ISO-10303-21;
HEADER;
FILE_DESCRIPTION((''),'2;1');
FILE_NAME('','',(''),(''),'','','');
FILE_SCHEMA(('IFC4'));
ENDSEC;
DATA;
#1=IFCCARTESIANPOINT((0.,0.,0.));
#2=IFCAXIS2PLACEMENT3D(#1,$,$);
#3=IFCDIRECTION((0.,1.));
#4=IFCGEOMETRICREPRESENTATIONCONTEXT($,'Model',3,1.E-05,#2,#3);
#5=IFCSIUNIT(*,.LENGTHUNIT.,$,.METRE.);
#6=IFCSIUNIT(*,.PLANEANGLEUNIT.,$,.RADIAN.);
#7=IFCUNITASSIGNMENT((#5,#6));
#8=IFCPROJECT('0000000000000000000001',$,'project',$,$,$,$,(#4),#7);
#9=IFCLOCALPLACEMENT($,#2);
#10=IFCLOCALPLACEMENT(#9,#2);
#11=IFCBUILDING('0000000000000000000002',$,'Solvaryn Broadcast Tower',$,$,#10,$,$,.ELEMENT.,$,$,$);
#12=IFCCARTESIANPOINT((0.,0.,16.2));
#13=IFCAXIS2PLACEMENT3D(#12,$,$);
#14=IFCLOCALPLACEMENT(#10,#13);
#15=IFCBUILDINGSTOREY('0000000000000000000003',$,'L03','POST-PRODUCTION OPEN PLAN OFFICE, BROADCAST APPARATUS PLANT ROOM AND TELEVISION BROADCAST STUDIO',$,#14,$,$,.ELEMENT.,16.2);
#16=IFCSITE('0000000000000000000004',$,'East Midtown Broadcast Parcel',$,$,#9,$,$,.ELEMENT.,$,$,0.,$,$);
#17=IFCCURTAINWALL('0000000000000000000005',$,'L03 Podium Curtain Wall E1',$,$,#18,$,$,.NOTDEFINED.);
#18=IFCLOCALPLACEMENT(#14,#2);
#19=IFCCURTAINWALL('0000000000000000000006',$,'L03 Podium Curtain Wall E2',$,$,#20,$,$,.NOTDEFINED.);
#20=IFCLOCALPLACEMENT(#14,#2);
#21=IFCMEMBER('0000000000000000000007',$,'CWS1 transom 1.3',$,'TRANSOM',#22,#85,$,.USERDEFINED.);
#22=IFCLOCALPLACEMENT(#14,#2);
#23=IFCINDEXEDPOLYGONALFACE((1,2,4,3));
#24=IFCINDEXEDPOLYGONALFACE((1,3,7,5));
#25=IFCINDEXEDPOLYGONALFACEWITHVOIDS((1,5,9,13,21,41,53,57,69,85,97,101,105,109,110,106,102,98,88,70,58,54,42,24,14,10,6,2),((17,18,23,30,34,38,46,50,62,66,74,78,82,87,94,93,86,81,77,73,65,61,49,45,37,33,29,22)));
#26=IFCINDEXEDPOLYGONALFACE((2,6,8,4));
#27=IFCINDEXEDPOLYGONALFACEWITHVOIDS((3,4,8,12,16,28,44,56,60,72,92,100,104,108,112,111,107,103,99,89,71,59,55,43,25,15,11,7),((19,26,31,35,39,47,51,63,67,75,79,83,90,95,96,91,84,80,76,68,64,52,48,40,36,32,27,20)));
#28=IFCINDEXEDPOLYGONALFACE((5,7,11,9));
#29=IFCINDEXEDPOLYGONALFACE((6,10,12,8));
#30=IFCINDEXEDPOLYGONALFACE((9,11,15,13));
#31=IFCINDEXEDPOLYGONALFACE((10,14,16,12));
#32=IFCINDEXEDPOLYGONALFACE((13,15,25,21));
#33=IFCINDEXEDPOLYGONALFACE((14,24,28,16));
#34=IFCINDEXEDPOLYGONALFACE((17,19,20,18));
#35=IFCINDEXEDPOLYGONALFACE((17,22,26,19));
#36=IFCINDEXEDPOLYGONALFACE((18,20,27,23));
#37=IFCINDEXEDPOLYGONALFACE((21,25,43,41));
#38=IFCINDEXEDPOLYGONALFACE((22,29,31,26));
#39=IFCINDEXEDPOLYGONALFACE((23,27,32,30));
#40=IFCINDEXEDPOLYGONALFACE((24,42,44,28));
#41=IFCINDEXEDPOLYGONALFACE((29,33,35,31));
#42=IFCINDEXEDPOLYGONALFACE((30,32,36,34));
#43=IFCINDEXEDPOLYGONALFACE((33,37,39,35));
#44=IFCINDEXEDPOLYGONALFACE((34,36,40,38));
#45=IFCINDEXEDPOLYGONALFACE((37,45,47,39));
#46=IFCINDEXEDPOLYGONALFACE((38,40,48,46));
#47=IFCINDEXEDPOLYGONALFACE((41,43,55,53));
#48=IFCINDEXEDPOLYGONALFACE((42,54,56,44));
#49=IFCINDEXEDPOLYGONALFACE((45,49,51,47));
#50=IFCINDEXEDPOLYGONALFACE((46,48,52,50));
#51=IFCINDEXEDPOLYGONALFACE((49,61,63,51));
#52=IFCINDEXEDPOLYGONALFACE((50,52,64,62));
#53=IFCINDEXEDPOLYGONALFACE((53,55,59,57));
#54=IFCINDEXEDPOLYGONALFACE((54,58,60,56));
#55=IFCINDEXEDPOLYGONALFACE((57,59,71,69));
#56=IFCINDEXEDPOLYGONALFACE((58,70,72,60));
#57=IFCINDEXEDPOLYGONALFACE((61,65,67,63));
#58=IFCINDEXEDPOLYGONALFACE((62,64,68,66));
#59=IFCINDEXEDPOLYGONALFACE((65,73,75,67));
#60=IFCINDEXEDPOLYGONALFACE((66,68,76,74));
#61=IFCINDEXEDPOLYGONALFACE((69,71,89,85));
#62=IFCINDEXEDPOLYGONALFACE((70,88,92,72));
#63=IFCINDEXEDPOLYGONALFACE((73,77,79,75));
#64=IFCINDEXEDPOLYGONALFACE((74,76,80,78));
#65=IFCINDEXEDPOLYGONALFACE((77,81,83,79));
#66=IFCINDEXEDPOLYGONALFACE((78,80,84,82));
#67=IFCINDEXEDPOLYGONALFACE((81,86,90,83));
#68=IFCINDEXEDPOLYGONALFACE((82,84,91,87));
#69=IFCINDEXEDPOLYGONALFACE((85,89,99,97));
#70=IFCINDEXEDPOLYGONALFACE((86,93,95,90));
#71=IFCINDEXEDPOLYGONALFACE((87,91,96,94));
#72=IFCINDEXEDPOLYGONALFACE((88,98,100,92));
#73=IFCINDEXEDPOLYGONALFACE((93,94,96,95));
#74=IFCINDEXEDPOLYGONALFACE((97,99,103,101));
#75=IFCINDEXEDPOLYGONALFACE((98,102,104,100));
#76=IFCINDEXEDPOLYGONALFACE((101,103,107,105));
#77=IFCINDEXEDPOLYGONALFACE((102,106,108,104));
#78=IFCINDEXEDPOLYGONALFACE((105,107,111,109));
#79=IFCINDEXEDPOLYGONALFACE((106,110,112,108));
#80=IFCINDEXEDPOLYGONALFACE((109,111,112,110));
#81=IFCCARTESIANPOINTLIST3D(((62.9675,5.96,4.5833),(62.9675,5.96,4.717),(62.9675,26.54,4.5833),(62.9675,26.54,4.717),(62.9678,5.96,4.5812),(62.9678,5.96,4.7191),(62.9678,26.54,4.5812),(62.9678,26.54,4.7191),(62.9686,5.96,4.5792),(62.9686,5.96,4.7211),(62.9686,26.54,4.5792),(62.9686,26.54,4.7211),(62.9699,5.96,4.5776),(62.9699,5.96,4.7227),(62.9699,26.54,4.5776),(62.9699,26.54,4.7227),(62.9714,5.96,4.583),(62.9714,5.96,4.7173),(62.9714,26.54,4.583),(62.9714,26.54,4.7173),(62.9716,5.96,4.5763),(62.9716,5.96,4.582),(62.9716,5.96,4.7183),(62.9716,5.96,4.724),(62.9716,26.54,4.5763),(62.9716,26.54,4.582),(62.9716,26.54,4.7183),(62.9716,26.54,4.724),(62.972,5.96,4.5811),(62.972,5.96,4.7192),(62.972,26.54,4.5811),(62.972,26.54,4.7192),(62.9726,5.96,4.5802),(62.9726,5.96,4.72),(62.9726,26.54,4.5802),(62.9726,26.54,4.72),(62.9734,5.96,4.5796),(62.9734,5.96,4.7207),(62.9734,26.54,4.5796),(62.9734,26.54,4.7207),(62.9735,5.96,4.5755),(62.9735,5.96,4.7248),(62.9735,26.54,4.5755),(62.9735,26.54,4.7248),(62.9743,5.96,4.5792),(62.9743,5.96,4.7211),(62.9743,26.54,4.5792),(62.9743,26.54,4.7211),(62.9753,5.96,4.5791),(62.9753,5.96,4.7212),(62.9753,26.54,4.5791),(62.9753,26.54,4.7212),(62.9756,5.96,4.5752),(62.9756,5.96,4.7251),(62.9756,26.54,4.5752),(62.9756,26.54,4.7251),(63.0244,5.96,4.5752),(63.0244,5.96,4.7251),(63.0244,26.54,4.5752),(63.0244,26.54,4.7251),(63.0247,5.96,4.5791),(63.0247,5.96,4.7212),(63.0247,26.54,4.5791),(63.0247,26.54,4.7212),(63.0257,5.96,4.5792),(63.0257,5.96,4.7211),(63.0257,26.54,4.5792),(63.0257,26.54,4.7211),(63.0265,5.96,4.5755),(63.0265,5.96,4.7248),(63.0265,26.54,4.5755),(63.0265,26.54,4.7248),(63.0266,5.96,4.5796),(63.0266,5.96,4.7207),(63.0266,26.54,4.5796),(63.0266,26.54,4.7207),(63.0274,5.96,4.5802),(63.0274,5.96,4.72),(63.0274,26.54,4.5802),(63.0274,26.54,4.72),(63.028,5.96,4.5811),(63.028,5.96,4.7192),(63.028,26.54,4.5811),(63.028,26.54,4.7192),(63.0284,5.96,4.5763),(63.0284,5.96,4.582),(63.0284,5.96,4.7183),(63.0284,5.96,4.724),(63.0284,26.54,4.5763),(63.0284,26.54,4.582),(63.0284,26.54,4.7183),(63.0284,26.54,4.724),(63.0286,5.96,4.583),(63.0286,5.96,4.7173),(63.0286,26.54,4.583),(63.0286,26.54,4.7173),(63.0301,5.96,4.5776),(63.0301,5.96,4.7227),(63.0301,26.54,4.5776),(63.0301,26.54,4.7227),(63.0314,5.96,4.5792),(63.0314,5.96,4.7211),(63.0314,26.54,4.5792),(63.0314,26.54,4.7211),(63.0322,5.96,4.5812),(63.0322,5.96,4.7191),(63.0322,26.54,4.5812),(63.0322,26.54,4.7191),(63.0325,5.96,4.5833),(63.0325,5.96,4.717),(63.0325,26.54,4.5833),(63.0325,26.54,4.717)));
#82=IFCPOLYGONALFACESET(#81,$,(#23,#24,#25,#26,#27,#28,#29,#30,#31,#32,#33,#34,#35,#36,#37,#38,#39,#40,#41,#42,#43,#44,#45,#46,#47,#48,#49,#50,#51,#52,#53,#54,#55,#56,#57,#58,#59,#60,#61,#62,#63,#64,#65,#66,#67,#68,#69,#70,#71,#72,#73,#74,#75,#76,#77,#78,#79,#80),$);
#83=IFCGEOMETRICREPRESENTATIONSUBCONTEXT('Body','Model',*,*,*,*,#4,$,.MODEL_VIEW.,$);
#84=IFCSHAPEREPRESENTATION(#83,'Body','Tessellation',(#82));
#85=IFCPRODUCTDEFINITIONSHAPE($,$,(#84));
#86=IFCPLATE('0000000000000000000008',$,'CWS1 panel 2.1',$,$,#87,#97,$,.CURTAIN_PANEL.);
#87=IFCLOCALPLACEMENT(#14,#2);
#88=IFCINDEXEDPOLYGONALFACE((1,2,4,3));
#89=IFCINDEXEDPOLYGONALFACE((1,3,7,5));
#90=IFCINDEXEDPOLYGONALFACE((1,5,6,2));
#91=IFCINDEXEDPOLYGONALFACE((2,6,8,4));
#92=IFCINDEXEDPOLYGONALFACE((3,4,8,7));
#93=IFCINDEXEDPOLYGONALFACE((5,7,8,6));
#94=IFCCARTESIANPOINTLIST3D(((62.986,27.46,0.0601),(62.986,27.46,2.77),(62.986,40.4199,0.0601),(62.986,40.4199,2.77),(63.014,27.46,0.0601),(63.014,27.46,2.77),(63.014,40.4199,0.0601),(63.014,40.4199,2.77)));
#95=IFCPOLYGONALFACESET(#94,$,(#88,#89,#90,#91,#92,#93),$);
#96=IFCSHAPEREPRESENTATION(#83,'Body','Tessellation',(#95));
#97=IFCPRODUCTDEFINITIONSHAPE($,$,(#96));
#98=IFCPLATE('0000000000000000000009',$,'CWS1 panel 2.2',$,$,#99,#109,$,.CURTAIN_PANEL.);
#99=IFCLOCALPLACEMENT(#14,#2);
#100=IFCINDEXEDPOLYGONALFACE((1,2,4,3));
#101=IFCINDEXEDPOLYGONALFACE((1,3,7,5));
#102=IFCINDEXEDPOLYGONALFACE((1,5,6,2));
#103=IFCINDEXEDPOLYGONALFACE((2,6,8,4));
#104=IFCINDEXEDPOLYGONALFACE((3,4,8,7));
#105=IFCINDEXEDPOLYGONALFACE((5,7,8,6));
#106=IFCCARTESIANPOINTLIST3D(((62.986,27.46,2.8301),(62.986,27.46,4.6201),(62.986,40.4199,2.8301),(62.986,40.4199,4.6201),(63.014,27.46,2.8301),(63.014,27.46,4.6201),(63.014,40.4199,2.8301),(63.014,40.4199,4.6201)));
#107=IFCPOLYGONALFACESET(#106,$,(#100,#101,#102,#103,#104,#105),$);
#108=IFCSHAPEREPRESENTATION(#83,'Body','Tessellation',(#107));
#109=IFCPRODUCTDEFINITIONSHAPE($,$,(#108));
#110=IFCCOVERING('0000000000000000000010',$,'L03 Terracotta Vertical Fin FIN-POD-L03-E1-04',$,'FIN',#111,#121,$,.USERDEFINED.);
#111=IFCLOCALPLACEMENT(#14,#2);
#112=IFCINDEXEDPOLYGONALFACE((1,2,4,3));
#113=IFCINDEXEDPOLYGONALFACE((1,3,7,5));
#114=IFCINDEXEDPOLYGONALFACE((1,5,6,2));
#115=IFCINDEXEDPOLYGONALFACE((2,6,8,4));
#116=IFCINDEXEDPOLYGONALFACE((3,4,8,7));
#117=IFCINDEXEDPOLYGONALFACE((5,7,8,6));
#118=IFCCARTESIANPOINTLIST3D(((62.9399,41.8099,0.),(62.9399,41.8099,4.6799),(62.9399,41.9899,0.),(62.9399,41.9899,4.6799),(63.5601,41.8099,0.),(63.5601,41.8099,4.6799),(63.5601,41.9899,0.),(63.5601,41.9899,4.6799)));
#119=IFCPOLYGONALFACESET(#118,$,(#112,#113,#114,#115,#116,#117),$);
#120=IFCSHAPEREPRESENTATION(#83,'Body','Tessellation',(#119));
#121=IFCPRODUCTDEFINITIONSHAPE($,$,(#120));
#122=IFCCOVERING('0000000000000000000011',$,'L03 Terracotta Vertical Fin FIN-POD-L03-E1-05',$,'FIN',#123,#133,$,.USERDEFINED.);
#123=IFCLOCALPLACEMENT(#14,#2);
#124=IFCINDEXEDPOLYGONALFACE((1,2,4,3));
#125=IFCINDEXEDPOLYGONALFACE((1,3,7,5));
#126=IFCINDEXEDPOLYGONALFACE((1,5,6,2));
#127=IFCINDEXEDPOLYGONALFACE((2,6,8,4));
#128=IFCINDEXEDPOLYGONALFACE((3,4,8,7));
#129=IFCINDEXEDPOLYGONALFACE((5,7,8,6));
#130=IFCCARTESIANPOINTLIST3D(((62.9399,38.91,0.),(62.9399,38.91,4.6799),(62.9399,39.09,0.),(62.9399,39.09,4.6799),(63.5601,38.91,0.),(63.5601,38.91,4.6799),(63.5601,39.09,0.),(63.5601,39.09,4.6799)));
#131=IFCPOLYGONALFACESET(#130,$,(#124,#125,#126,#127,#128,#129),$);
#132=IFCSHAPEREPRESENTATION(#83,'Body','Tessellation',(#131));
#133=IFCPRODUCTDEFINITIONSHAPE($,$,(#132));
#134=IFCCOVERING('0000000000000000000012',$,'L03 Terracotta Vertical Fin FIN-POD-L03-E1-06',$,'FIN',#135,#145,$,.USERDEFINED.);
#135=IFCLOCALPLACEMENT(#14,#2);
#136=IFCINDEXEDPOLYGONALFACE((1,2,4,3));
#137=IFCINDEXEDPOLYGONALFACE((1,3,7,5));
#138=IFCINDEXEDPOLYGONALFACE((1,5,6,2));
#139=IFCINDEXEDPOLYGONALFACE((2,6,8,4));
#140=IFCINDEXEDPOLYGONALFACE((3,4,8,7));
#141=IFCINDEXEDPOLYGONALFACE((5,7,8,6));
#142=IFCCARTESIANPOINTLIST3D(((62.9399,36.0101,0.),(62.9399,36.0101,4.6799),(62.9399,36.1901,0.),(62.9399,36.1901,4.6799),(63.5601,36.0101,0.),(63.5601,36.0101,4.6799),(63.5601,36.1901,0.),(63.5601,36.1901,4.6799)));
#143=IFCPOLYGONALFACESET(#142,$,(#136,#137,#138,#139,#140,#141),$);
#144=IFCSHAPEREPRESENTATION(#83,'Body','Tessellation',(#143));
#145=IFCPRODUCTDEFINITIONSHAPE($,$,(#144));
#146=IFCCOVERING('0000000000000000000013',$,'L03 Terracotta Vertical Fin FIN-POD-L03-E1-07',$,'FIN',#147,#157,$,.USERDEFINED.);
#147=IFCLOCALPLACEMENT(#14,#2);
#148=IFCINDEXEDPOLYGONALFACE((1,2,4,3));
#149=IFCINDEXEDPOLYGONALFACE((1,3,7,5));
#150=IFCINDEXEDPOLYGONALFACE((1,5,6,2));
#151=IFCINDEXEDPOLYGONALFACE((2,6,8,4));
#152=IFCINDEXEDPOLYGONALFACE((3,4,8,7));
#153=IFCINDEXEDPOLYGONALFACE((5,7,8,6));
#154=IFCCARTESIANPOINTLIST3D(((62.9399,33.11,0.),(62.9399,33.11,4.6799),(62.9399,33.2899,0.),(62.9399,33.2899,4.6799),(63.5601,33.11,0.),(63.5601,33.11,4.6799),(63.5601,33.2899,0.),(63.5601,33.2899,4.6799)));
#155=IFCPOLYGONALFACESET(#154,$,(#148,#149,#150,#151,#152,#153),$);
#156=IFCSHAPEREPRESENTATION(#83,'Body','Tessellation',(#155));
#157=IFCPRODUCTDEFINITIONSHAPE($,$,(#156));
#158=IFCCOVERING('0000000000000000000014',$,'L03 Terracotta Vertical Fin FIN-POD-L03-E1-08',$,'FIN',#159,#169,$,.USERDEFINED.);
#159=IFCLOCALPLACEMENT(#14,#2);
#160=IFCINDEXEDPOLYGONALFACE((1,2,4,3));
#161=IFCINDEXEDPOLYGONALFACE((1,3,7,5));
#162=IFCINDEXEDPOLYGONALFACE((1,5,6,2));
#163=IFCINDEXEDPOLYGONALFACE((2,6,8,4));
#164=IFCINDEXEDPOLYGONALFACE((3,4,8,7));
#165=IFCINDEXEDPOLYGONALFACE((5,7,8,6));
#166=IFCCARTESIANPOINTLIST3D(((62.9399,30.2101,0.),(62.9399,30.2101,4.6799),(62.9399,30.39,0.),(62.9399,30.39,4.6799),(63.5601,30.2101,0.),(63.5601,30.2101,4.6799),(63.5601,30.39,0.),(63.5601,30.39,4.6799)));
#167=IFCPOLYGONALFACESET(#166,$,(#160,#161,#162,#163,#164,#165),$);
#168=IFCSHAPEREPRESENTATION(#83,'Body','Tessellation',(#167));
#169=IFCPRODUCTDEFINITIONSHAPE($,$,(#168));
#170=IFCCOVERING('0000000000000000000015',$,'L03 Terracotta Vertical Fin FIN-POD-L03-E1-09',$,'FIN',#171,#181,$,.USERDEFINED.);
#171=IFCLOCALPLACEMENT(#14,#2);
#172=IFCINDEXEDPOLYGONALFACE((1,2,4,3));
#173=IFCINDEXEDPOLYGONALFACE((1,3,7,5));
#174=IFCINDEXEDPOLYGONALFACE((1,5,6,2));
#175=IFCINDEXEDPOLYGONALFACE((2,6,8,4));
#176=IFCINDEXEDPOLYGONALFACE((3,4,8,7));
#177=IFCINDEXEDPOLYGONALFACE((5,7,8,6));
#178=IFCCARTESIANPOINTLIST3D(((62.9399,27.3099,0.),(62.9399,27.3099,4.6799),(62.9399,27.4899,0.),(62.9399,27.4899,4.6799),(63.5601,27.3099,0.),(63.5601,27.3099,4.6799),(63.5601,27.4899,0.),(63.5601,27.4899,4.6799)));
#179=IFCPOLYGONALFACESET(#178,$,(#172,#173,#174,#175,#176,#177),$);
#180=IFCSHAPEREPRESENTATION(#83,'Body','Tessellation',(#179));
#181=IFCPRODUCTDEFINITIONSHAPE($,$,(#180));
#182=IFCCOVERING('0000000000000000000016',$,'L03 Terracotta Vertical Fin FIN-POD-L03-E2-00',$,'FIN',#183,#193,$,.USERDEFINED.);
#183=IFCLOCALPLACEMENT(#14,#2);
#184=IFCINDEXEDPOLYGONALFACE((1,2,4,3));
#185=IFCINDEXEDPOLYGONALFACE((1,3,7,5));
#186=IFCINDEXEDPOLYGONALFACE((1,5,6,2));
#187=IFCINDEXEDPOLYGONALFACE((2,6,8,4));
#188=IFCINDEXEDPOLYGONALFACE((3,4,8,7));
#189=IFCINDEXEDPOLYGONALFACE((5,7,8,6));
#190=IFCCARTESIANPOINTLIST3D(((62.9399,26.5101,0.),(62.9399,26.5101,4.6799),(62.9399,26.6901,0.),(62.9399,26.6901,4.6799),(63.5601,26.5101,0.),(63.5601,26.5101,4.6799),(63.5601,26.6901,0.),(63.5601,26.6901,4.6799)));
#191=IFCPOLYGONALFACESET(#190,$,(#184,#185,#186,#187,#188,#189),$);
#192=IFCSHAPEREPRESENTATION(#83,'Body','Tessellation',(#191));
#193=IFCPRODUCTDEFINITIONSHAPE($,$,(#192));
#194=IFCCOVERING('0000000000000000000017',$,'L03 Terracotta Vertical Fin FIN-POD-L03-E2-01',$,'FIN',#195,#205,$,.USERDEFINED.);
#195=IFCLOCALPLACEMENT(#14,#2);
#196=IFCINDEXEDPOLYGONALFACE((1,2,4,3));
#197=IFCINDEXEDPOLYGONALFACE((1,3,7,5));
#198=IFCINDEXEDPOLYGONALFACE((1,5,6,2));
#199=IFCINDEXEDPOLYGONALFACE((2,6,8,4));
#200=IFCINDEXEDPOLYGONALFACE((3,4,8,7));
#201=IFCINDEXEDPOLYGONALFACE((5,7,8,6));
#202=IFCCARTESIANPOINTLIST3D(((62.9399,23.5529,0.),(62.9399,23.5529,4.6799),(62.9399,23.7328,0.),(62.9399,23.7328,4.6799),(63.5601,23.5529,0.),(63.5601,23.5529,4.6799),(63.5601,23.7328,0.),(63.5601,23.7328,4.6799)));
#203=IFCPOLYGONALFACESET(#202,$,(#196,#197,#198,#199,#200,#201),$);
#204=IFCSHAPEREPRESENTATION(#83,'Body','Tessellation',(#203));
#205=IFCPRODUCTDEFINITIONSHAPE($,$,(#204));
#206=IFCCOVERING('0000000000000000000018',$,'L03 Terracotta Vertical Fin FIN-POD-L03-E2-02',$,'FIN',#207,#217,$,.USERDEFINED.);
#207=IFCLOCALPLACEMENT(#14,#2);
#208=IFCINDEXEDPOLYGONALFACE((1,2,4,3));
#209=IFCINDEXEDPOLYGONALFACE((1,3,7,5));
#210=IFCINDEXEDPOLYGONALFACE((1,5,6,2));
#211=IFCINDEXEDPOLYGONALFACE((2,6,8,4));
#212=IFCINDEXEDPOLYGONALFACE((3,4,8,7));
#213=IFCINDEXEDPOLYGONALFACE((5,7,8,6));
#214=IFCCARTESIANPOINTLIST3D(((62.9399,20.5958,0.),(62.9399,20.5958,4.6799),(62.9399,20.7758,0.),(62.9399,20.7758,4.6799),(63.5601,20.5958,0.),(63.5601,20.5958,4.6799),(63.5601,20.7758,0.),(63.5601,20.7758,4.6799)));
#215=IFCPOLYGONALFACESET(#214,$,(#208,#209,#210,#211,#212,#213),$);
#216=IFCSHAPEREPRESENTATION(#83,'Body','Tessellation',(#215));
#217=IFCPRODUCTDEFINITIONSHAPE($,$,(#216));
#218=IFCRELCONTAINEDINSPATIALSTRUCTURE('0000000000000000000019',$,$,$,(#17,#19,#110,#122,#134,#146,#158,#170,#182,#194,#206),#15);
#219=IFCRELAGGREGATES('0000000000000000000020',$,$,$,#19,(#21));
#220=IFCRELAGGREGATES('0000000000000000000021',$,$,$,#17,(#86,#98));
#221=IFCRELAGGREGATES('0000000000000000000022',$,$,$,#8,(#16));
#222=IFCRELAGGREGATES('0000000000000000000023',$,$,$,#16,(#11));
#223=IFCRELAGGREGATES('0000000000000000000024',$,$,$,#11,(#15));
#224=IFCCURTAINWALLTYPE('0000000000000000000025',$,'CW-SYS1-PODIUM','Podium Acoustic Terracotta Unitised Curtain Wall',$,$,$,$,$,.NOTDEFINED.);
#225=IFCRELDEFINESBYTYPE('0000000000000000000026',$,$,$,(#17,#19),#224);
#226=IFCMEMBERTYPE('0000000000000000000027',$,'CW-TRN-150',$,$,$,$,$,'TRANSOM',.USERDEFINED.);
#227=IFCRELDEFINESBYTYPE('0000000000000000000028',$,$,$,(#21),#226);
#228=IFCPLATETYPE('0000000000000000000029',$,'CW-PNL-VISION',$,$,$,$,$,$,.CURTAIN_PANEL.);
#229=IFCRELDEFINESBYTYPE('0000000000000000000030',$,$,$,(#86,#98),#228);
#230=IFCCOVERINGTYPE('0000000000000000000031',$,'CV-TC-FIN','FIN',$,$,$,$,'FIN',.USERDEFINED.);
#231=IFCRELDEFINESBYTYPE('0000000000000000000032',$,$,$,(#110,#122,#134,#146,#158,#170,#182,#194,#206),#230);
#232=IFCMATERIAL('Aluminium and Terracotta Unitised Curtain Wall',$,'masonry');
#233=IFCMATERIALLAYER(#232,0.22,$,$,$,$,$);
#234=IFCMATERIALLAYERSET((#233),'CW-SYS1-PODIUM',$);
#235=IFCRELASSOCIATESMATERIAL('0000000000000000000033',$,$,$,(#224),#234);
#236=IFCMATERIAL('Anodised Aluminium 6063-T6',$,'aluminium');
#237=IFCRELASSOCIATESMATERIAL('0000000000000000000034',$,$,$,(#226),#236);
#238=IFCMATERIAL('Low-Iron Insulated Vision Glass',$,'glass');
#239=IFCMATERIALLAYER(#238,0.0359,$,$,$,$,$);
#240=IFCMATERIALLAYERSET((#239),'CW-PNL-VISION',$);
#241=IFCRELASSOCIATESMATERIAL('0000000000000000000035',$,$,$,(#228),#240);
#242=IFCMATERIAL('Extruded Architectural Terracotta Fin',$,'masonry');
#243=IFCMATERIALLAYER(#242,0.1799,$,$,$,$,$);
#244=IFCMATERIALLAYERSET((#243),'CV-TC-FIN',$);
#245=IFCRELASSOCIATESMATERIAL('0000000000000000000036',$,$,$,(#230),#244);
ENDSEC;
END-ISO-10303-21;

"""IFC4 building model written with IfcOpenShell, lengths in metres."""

from ifc_helpers import new_model, si_unit, direction, frame, origin, origin_2d, place, context, subcontext, project, spatial, rectangle, hollow_rectangle, extrude, material, layer, layer_set, material_profile, profile_set, type_object, element, aggregate, save


model = new_model("IFC4")

# Units and contexts
model_context = context("Model", 3, precision=1e-05, world=origin(), true_north=direction((0.0, 1.0)))
body_context = subcontext(model_context, "Body", "Model", "MODEL_VIEW")
ifc_project = project(units=[si_unit("LENGTHUNIT", "METRE"), si_unit("PLANEANGLEUNIT", "RADIAN")], contexts=[model_context])

# Site, building, storey
site_placement = place(None, origin())
site = spatial("IfcSite", under=ifc_project, at=site_placement, Name="East Midtown Broadcast Parcel", CompositionType="ELEMENT", RefElevation=0.0)
building_placement = place(site_placement, origin())
building = spatial("IfcBuilding", under=site, at=building_placement, Name="Solvaryn Broadcast Tower", CompositionType="ELEMENT")
storey_placement = place(building_placement, frame((0.0, 0.0, 16.2)))
storey = spatial("IfcBuildingStorey", under=building, at=storey_placement, Name="L03", Description="POST-PRODUCTION OPEN PLAN OFFICE, BROADCAST APPARATUS PLANT ROOM AND TELEVISION BROADCAST STUDIO", CompositionType="ELEMENT", Elevation=16.2)

# Curtain wall
ifc_material_1 = material(Name="Aluminium and Terracotta Unitised Curtain Wall", Category="masonry")
ifc_layer_1 = layer(ifc_material_1, 0.22)
ifc_layer_set_1 = layer_set([ifc_layer_1], Name="CW-SYS1-PODIUM")
curtain_wall_type = type_object("IfcCurtainWallType", Name="CW-SYS1-PODIUM", Description="Podium Acoustic Terracotta Unitised Curtain Wall", PredefinedType="NOTDEFINED", material=ifc_layer_set_1)
curtain_wall_1_placement = place(storey_placement, origin())
curtain_wall_1 = element("IfcCurtainWall", 1, at=curtain_wall_1_placement, inside=storey, type_object=curtain_wall_type, Name="L03 Podium Curtain Wall E1", PredefinedType="NOTDEFINED")

# Curtain wall
curtain_wall_2_placement = place(storey_placement, origin())
curtain_wall_2 = element("IfcCurtainWall", 2, at=curtain_wall_2_placement, inside=storey, type_object=curtain_wall_type, Name="L03 Podium Curtain Wall E2", PredefinedType="NOTDEFINED")

# Member
ifc_material_2 = material(Name="Anodised Aluminium 6063-T6", Category="aluminium")
ifc_material_profile_1 = material_profile(ifc_material_2, hollow_rectangle(XDim=0.0649, YDim=0.1499, WallThickness=0.0039, InnerFilletRadius=0.0039, OuterFilletRadius=0.0081, at=origin_2d()))
ifc_profile_set_1 = profile_set([ifc_material_profile_1], Name="Anodised Aluminium 6063-T6")
member_type_1 = type_object("IfcMemberType", Name="CW-TRN-150", ElementType="TRANSOM", PredefinedType="USERDEFINED", material=ifc_profile_set_1)
member_1_placement = place(storey_placement, frame((63.0, 26.54, 4.6501), z_axis=(0.0, -1.0, 0.0), x_axis=(1.0, 0.0, 0.0)))
member_1 = element("IfcMember", 3, at=member_1_placement, type_object=member_type_1, Name="CWS1 transom 1.3", ObjectType="TRANSOM", PredefinedType="USERDEFINED", context=body_context, shape_type="SweptSolid", body=[
    extrude(hollow_rectangle(XDim=0.0649, YDim=0.1499, WallThickness=0.0039, InnerFilletRadius=0.0039, OuterFilletRadius=0.0081, at=origin_2d()), origin(), (0.0, 0.0, 1.0), 20.5801),
])
aggregate(curtain_wall_2, [member_1])

# Plates
ifc_material_3 = material(Name="Low-Iron Insulated Vision Glass", Category="glass")
ifc_layer_2 = layer(ifc_material_3, 0.0359)
ifc_layer_set_2 = layer_set([ifc_layer_2], Name="CW-PNL-VISION")
plate_type = type_object("IfcPlateType", Name="CW-PNL-VISION", PredefinedType="CURTAIN_PANEL", material=ifc_layer_set_2)
plate_1_placement = place(storey_placement, frame((63.0, 33.9399, 0.0601), z_axis=(0.0, 0.0, 1.0), x_axis=(0.0, -1.0, 0.0)))
plate_1 = element("IfcPlate", 4, at=plate_1_placement, type_object=plate_type, Name="CWS1 panel 2.1", PredefinedType="CURTAIN_PANEL", context=body_context, shape_type="SweptSolid", body=[
    extrude(rectangle(XDim=12.96, YDim=0.0281, at=origin_2d()), origin(), (0.0, 0.0, 1.0), 2.71),
])
plate_2_placement = place(storey_placement, frame((63.0, 33.9399, 2.8301), z_axis=(0.0, 0.0, 1.0), x_axis=(0.0, -1.0, 0.0)))
plate_2 = element("IfcPlate", 5, at=plate_2_placement, type_object=plate_type, Name="CWS1 panel 2.2", PredefinedType="CURTAIN_PANEL", context=body_context, shape_type="SweptSolid", body=[
    extrude(rectangle(XDim=12.96, YDim=0.0281, at=origin_2d()), origin(), (0.0, 0.0, 1.0), 1.79),
])
aggregate(curtain_wall_1, [plate_1, plate_2])

# Coverings
ifc_material_4 = material(Name="Extruded Architectural Terracotta Fin", Category="masonry")
ifc_layer_3 = layer(ifc_material_4, 0.1799)
ifc_layer_set_3 = layer_set([ifc_layer_3], Name="CV-TC-FIN")
covering_type = type_object("IfcCoveringType", Name="CV-TC-FIN", Description="FIN", ElementType="FIN", PredefinedType="USERDEFINED", material=ifc_layer_set_3)
for number, where, z_axis, x_axis, name in (
    (6, (63.25, 41.8999, 0.0), (0.0, 0.0, 1.0), (1.0, 0.0, 0.0), "L03 Terracotta Vertical Fin FIN-POD-L03-E1-04"),
    (7, (63.25, 39.0, 0.0), (0.0, 0.0, 1.0), (1.0, 0.0, 0.0), "L03 Terracotta Vertical Fin FIN-POD-L03-E1-05"),
    (8, (63.25, 36.1001, 0.0), (0.0, 0.0, 1.0), (1.0, 0.0, 0.0), "L03 Terracotta Vertical Fin FIN-POD-L03-E1-06"),
    (9, (63.25, 33.2, 0.0), (0.0, 0.0, 1.0), (1.0, 0.0, 0.0), "L03 Terracotta Vertical Fin FIN-POD-L03-E1-07"),
    (10, (63.25, 30.3, 0.0), (0.0, 0.0, 1.0), (1.0, 0.0, 0.0), "L03 Terracotta Vertical Fin FIN-POD-L03-E1-08"),
    (11, (63.25, 27.3999, 0.0), (0.0, 0.0, 1.0), (1.0, 0.0, 0.0), "L03 Terracotta Vertical Fin FIN-POD-L03-E1-09"),
    (12, (63.25, 26.6001, 0.0), (0.0, 0.0, 1.0), (1.0, 0.0, 0.0), "L03 Terracotta Vertical Fin FIN-POD-L03-E2-00"),
    (13, (63.25, 23.6428, 0.0), (0.0, 0.0, 1.0), (1.0, 0.0, 0.0), "L03 Terracotta Vertical Fin FIN-POD-L03-E2-01"),
    (14, (63.25, 20.6858, 0.0), (0.0, 0.0, 1.0), (1.0, 0.0, 0.0), "L03 Terracotta Vertical Fin FIN-POD-L03-E2-02"),
):
    element("IfcCovering", number, at=place(storey_placement, frame(where, z_axis=z_axis, x_axis=x_axis)), inside=storey, type_object=covering_type, Name=name, ObjectType="FIN", PredefinedType="USERDEFINED", context=body_context, shape_type="SweptSolid", body=[
        extrude(rectangle(XDim=0.6201, YDim=0.1799, at=origin_2d()), origin(), (0.0, 0.0, 1.0), 4.6799),
    ])

save(model, "model.ifc")
